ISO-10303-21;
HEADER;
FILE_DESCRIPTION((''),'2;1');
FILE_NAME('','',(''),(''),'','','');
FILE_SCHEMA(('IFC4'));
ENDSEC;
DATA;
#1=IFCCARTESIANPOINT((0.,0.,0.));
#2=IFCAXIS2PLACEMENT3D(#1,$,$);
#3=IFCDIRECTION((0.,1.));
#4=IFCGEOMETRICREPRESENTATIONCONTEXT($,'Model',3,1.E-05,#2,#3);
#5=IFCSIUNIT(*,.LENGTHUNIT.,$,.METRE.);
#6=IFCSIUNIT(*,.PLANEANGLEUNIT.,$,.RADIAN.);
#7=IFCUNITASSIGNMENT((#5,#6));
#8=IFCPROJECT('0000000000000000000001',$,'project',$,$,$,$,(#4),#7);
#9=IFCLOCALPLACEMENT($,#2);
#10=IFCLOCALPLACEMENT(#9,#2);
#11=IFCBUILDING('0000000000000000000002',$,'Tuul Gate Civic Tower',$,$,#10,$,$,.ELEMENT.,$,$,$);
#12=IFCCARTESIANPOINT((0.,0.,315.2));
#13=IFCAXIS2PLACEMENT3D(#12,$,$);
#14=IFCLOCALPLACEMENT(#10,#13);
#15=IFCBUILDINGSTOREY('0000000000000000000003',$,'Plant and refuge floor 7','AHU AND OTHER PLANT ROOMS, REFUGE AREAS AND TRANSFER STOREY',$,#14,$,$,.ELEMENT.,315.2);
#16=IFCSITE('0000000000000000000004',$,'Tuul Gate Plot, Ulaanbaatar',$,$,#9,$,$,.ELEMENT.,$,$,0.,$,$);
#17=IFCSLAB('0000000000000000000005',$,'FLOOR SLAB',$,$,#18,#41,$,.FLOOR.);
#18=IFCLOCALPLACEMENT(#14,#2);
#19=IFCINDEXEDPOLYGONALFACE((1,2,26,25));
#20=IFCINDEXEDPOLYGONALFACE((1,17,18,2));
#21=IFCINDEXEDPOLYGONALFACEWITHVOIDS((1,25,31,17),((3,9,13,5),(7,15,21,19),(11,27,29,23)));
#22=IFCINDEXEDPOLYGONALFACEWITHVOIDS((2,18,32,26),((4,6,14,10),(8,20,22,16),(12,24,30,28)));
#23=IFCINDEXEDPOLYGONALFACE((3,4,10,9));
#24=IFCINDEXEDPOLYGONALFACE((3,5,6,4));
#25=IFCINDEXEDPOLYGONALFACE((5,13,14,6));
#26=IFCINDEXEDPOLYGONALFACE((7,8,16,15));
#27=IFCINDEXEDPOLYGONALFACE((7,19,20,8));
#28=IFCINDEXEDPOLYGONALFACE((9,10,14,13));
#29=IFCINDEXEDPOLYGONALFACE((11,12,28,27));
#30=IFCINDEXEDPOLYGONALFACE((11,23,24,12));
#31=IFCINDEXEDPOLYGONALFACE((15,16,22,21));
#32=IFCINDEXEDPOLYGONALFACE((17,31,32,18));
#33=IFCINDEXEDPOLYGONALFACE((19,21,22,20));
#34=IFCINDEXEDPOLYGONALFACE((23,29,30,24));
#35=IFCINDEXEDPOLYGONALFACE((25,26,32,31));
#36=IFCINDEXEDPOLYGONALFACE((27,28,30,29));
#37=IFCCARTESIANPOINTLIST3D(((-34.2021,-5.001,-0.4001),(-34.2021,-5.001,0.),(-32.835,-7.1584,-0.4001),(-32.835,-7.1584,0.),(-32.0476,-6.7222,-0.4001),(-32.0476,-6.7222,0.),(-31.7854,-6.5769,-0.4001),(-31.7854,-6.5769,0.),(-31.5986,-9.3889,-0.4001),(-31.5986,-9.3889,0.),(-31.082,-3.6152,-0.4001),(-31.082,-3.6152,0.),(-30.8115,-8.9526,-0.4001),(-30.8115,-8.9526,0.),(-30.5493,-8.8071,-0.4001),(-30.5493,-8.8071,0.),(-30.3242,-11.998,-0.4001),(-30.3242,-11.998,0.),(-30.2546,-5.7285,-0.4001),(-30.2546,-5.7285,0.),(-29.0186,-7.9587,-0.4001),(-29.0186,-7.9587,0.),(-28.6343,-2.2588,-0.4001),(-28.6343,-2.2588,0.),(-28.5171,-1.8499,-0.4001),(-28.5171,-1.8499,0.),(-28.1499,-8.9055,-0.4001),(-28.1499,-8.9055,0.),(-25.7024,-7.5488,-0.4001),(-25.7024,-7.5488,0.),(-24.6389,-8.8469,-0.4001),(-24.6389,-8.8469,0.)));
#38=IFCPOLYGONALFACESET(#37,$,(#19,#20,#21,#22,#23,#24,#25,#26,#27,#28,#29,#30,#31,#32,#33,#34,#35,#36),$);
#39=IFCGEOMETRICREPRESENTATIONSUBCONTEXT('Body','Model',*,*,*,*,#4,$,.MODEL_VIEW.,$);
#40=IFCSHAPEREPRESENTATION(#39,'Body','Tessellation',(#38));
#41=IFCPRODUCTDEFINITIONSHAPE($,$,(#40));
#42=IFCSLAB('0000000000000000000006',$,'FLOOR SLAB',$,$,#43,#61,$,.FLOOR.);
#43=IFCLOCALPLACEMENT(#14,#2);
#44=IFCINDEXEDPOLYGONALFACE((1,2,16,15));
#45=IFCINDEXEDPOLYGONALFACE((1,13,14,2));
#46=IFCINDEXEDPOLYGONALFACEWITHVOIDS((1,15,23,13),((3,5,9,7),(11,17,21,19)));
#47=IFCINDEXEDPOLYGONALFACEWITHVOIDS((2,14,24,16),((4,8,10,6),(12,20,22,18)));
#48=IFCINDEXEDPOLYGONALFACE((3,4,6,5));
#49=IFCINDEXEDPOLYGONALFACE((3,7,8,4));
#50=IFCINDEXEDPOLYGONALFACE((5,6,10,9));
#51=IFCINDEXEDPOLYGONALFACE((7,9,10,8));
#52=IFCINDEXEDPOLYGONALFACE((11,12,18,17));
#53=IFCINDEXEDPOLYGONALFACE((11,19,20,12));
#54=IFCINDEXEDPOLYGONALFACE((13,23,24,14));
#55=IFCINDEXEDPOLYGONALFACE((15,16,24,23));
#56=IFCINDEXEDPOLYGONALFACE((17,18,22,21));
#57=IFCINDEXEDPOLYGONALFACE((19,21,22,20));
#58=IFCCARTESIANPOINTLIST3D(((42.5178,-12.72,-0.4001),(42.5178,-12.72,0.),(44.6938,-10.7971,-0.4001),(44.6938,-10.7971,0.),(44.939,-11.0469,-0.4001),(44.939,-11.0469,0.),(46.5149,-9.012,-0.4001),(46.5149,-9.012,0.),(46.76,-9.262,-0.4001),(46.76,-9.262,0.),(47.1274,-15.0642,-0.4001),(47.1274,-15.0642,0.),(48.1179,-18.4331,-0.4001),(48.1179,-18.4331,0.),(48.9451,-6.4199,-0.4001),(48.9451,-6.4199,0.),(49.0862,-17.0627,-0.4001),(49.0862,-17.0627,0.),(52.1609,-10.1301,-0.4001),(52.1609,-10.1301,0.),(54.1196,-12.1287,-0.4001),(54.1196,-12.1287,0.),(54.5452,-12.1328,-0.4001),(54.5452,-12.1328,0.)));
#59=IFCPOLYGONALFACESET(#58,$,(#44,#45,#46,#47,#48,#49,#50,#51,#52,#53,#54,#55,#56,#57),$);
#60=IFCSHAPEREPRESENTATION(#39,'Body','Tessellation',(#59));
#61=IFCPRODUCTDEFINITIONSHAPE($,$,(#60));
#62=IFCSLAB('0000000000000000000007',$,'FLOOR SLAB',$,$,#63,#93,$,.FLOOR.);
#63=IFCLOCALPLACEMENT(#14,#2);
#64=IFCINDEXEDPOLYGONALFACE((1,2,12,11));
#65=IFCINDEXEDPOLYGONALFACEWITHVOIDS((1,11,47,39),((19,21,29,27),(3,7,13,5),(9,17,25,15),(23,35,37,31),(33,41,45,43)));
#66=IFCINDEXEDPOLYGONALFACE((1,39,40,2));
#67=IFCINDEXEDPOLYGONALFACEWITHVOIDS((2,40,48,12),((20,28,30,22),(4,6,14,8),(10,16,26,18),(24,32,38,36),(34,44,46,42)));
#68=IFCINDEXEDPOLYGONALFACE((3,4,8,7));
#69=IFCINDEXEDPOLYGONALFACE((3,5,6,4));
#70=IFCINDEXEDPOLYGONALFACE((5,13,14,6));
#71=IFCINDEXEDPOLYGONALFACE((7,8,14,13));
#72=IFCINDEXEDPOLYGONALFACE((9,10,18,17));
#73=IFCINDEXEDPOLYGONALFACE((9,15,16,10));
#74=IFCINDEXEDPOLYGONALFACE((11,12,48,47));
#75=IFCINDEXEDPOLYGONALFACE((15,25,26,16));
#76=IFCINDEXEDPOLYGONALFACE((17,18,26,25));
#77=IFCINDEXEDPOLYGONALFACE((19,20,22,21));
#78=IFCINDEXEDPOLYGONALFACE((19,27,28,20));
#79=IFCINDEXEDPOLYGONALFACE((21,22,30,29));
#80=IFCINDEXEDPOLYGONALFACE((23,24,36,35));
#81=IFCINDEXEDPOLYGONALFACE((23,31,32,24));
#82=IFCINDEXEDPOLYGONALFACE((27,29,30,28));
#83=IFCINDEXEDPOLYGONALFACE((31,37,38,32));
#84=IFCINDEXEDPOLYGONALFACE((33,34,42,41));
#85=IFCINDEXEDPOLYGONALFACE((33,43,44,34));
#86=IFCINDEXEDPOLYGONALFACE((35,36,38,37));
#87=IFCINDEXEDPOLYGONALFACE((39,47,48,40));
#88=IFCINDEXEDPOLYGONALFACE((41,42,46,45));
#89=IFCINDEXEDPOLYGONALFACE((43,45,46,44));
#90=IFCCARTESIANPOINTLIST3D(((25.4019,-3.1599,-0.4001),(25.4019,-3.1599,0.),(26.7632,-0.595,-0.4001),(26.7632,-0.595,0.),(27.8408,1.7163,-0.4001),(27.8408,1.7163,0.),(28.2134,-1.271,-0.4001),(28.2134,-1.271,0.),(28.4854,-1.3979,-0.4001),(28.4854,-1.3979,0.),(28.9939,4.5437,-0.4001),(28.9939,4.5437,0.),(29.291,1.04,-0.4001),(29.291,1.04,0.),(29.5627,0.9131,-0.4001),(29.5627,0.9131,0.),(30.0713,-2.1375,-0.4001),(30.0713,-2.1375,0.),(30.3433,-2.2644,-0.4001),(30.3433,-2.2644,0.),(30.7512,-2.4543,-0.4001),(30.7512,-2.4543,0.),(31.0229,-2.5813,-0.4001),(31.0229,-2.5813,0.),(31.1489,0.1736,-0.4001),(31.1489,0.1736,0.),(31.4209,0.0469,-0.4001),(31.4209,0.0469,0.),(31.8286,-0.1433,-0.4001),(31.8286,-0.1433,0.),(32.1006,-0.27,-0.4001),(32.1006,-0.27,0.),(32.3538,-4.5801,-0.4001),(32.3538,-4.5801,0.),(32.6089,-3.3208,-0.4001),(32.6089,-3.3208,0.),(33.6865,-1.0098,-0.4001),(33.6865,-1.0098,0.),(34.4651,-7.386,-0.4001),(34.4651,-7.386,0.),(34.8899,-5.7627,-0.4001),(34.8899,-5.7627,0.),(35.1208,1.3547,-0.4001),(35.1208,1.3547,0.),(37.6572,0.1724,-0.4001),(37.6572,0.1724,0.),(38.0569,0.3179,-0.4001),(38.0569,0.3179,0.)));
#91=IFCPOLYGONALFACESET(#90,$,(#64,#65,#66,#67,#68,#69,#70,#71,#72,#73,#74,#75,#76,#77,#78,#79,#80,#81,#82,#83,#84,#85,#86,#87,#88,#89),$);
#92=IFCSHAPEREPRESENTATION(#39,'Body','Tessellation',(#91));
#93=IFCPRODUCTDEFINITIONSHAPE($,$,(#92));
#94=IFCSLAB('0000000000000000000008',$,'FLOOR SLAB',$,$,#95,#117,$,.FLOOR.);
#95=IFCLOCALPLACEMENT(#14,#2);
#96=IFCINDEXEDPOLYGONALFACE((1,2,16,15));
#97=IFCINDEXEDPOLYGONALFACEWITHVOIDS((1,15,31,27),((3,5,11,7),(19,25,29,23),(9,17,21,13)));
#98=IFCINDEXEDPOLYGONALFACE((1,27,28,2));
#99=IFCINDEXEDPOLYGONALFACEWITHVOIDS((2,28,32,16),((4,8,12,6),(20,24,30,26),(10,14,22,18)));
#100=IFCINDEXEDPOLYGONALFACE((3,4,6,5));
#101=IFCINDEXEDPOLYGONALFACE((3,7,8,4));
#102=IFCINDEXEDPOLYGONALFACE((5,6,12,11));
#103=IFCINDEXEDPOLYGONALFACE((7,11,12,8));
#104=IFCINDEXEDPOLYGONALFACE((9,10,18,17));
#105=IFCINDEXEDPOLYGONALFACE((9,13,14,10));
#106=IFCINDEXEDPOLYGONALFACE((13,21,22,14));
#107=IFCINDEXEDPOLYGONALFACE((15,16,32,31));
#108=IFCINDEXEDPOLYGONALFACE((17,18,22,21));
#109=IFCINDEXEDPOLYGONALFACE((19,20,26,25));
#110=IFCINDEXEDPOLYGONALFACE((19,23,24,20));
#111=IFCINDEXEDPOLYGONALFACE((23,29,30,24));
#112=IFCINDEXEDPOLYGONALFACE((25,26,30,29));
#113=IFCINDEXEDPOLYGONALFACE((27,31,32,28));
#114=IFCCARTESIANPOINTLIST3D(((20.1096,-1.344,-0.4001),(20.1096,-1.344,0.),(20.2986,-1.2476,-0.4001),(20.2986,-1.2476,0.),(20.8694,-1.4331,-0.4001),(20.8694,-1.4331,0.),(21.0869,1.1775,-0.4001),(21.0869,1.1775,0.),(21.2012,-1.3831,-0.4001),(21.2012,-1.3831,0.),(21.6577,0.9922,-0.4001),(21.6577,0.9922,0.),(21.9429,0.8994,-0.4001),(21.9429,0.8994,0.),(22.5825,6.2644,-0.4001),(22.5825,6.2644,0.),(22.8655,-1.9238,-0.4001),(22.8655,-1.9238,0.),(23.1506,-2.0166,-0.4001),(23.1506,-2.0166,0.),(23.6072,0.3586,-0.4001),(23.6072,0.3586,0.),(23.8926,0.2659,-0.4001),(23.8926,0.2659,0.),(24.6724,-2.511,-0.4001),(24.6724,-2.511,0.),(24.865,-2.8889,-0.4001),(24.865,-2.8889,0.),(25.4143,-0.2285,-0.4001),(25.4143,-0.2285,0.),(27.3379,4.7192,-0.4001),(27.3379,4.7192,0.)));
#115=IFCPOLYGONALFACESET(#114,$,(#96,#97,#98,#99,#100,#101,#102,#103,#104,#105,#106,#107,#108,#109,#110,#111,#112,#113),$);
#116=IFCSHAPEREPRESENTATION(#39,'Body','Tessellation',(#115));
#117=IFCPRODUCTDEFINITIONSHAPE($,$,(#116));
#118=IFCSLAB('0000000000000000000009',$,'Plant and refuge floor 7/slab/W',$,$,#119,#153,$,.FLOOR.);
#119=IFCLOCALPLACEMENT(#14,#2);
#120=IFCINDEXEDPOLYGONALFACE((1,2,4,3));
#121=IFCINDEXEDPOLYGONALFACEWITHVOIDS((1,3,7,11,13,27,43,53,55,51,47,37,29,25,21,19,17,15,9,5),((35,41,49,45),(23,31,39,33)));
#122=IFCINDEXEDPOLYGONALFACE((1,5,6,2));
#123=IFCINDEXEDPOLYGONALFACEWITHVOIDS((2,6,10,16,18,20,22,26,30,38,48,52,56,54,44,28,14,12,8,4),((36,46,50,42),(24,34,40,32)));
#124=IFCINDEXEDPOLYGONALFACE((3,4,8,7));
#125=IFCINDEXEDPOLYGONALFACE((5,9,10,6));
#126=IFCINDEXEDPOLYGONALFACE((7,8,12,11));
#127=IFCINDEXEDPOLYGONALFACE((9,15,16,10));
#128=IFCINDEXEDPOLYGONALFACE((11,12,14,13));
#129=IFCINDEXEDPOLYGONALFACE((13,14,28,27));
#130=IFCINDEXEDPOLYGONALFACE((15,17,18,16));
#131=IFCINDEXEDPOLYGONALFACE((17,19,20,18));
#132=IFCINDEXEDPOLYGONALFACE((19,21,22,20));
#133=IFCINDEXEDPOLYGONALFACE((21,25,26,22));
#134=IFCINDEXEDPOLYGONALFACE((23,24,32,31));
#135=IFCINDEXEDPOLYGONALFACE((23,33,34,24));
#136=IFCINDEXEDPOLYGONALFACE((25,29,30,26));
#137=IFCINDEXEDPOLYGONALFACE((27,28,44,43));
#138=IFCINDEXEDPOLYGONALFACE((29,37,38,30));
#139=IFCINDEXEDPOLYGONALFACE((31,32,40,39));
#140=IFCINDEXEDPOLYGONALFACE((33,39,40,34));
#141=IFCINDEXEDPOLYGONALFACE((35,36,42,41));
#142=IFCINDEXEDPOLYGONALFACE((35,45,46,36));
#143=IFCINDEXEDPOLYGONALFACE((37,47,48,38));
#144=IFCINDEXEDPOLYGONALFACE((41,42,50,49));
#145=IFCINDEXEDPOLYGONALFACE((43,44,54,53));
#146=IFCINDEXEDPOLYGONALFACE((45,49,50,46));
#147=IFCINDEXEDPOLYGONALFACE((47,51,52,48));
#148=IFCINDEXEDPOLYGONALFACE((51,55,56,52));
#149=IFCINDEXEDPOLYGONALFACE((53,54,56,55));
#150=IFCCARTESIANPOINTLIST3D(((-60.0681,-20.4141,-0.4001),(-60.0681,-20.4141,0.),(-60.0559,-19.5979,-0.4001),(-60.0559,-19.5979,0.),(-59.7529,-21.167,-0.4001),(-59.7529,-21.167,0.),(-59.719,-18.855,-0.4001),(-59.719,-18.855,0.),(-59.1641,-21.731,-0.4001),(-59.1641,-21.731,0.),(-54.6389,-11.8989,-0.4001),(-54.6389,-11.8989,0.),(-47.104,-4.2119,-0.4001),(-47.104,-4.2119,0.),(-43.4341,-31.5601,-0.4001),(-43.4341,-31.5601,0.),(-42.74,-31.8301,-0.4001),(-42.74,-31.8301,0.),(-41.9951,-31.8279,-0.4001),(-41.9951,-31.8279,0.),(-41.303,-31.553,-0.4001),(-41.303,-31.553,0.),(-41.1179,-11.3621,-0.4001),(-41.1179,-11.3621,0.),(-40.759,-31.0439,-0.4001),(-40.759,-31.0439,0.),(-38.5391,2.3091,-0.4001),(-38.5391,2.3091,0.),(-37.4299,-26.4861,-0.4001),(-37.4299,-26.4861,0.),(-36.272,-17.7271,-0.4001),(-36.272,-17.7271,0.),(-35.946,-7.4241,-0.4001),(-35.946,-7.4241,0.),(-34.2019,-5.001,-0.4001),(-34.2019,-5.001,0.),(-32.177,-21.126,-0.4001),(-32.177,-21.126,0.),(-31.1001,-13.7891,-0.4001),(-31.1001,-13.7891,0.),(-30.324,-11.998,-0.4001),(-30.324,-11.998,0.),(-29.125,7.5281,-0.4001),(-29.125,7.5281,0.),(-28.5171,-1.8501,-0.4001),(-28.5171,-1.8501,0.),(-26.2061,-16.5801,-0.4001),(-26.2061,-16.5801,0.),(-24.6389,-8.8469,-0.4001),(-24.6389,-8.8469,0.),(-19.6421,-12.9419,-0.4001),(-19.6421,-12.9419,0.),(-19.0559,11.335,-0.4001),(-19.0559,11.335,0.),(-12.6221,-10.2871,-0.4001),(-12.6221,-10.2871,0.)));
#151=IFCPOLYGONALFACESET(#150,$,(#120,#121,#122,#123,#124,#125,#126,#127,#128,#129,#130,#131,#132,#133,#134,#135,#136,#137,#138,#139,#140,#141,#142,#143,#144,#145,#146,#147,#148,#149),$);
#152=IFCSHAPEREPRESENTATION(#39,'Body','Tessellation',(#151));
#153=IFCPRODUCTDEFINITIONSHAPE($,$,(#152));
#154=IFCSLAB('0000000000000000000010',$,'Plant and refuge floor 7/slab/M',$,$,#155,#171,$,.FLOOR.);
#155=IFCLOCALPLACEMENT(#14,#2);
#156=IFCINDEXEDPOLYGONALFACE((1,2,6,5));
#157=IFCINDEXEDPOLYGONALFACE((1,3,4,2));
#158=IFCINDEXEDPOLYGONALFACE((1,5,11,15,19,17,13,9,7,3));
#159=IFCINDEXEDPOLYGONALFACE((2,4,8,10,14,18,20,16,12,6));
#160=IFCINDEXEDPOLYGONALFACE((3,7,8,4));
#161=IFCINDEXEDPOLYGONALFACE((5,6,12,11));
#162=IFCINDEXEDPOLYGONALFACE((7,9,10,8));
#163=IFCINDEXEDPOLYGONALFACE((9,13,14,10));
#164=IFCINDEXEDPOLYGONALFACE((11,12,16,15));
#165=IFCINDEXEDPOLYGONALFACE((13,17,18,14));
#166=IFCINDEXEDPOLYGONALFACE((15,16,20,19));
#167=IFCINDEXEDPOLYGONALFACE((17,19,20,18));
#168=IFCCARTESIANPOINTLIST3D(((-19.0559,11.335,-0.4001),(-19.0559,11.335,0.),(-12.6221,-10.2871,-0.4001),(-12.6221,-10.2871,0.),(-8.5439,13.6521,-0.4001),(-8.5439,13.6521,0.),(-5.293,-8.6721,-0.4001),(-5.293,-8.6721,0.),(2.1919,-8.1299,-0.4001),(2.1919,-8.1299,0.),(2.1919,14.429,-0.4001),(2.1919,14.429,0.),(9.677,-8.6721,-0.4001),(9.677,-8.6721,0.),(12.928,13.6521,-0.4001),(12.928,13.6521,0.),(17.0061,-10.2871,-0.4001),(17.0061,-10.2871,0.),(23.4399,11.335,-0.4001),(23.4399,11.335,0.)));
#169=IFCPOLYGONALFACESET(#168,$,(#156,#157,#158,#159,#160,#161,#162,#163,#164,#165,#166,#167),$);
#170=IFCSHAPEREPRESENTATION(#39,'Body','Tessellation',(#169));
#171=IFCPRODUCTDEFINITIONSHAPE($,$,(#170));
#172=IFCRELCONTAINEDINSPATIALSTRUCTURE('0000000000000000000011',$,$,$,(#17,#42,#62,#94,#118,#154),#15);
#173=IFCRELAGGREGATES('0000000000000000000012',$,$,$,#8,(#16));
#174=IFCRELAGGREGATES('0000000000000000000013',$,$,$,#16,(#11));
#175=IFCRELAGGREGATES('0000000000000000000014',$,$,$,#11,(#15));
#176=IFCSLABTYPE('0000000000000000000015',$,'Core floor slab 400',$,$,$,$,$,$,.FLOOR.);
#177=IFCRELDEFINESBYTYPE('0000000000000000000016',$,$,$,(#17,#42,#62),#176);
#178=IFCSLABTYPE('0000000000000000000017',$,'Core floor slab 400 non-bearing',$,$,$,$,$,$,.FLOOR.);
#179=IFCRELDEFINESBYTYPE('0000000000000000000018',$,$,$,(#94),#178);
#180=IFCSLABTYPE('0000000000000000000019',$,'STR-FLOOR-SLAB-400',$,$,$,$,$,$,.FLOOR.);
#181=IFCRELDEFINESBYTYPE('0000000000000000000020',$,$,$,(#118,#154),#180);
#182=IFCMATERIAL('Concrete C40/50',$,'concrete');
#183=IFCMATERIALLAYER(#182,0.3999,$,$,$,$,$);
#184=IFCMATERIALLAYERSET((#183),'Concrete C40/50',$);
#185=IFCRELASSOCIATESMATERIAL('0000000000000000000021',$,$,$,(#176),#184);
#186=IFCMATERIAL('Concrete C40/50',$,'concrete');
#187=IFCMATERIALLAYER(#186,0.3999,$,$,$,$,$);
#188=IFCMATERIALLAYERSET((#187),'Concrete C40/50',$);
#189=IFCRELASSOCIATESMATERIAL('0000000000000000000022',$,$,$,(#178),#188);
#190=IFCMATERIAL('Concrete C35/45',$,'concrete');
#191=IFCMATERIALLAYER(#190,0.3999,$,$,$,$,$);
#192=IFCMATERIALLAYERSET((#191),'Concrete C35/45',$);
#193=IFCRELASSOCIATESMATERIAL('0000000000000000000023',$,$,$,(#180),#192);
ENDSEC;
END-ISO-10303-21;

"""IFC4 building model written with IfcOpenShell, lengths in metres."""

from ifc_helpers import new_model, si_unit, direction, frame, origin, place, context, subcontext, project, spatial, polyline, outline, extrude, material, layer, layer_set, type_object, element, save


model = new_model("IFC4")

# Units and contexts
model_context = context("Model", 3, precision=1e-05, world=origin(), true_north=direction((0.0, 1.0)))
body_context = subcontext(model_context, "Body", "Model", "MODEL_VIEW")
ifc_project = project(units=[si_unit("LENGTHUNIT", "METRE"), si_unit("PLANEANGLEUNIT", "RADIAN")], contexts=[model_context])

# Site, building, storey
site_placement = place(None, origin())
site = spatial("IfcSite", under=ifc_project, at=site_placement, Name="Tuul Gate Plot, Ulaanbaatar", CompositionType="ELEMENT", RefElevation=0.0)
building_placement = place(site_placement, origin())
building = spatial("IfcBuilding", under=site, at=building_placement, Name="Tuul Gate Civic Tower", CompositionType="ELEMENT")
storey_placement = place(building_placement, frame((0.0, 0.0, 315.2)))
storey = spatial("IfcBuildingStorey", under=building, at=storey_placement, Name="Plant and refuge floor 7", Description="AHU AND OTHER PLANT ROOMS, REFUGE AREAS AND TRANSFER STOREY", CompositionType="ELEMENT", Elevation=315.2)

# Slabs
ifc_material_1 = material(Name="Concrete C40/50", Category="concrete")
ifc_layer_1 = layer(ifc_material_1, 0.3999)
ifc_layer_set_1 = layer_set([ifc_layer_1], Name="Concrete C40/50")
slab_type_1 = type_object("IfcSlabType", Name="Core floor slab 400", PredefinedType="FLOOR", material=ifc_layer_set_1)
slab_1_placement = place(storey_placement, frame((0.0, 0.0, -0.4001)))
element("IfcSlab", 1, at=slab_1_placement, inside=storey, type_object=slab_type_1, Name="FLOOR SLAB", PredefinedType="FLOOR", context=body_context, shape_type="SweptSolid", body=[
    extrude(outline(polyline([(-24.6389, -8.8469), (-28.5171, -1.8499), (-34.2021, -5.001), (-30.3242, -11.998), (-24.6389, -8.8469)]), holes=[polyline([(-29.0186, -7.9587), (-30.2546, -5.7285), (-31.7854, -6.5769), (-30.5493, -8.8071), (-29.0186, -7.9587)]), polyline([(-30.8115, -8.9526), (-32.0476, -6.7222), (-32.835, -7.1584), (-31.5986, -9.3889), (-30.8115, -8.9526)]), polyline([(-25.7024, -7.5488), (-28.1499, -8.9055), (-31.082, -3.6152), (-28.6343, -2.2588), (-25.7024, -7.5488)])]), origin(), (0.0, 0.0, 1.0), 0.4001),
])
slab_2_placement = place(storey_placement, frame((0.0, 0.0, -0.4001)))
element("IfcSlab", 2, at=slab_2_placement, inside=storey, type_object=slab_type_1, Name="FLOOR SLAB", PredefinedType="FLOOR", context=body_context, shape_type="SweptSolid", body=[
    extrude(outline(polyline([(48.1179, -18.4331), (54.5452, -12.1328), (48.9451, -6.4199), (42.5178, -12.72), (48.1179, -18.4331)]), holes=[polyline([(44.939, -11.0469), (46.76, -9.262), (46.5149, -9.012), (44.6938, -10.7971), (44.939, -11.0469)]), polyline([(49.0862, -17.0627), (47.1274, -15.0642), (52.1609, -10.1301), (54.1196, -12.1287), (49.0862, -17.0627)])]), origin(), (0.0, 0.0, 1.0), 0.4001),
])
slab_3_placement = place(storey_placement, frame((0.0, 0.0, -0.4001)))
element("IfcSlab", 3, at=slab_3_placement, inside=storey, type_object=slab_type_1, Name="FLOOR SLAB", PredefinedType="FLOOR", context=body_context, shape_type="SweptSolid", body=[
    extrude(outline(polyline([(34.4651, -7.386), (38.0569, 0.3179), (28.9939, 4.5437), (25.4019, -3.1599), (34.4651, -7.386)]), holes=[polyline([(32.6089, -3.3208), (33.6865, -1.0098), (32.1006, -0.27), (31.0229, -2.5813), (32.6089, -3.3208)]), polyline([(30.0713, -2.1375), (31.1489, 0.1736), (29.5627, 0.9131), (28.4854, -1.3979), (30.0713, -2.1375)]), polyline([(30.7512, -2.4543), (31.8286, -0.1433), (31.4209, 0.0469), (30.3433, -2.2644), (30.7512, -2.4543)]), polyline([(28.2134, -1.271), (29.291, 1.04), (27.8408, 1.7163), (26.7632, -0.595), (28.2134, -1.271)]), polyline([(34.8899, -5.7627), (32.3538, -4.5801), (35.1208, 1.3547), (37.6572, 0.1724), (34.8899, -5.7627)])]), origin(), (0.0, 0.0, 1.0), 0.4001),
])
ifc_material_2 = material(Name="Concrete C40/50", Category="concrete")
ifc_layer_2 = layer(ifc_material_2, 0.3999)
ifc_layer_set_2 = layer_set([ifc_layer_2], Name="Concrete C40/50")
slab_type_2 = type_object("IfcSlabType", Name="Core floor slab 400 non-bearing", PredefinedType="FLOOR", material=ifc_layer_set_2)
slab_4_placement = place(storey_placement, frame((0.0, 0.0, -0.4001)))
element("IfcSlab", 4, at=slab_4_placement, inside=storey, type_object=slab_type_2, Name="FLOOR SLAB", PredefinedType="FLOOR", context=body_context, shape_type="SweptSolid", body=[
    extrude(outline(polyline([(24.865, -2.8889), (27.3379, 4.7192), (22.5825, 6.2644), (20.1096, -1.344), (24.865, -2.8889)]), holes=[polyline([(24.6724, -2.511), (25.4143, -0.2285), (23.8926, 0.2659), (23.1506, -2.0166), (24.6724, -2.511)]), polyline([(22.8655, -1.9238), (23.6072, 0.3586), (21.9429, 0.8994), (21.2012, -1.3831), (22.8655, -1.9238)]), polyline([(20.8694, -1.4331), (21.6577, 0.9922), (21.0869, 1.1775), (20.2986, -1.2476), (20.8694, -1.4331)])]), origin(), (0.0, 0.0, 1.0), 0.4001),
])
ifc_material_3 = material(Name="Concrete C35/45", Category="concrete")
ifc_layer_3 = layer(ifc_material_3, 0.3999)
ifc_layer_set_3 = layer_set([ifc_layer_3], Name="Concrete C35/45")
slab_type_3 = type_object("IfcSlabType", Name="STR-FLOOR-SLAB-400", PredefinedType="FLOOR", material=ifc_layer_set_3)
slab_5_placement = place(storey_placement, frame((0.0, 0.0, -0.4001)))
element("IfcSlab", 5, at=slab_5_placement, inside=storey, type_object=slab_type_3, Name="Plant and refuge floor 7/slab/W", PredefinedType="FLOOR", context=body_context, shape_type="SweptSolid", body=[
    extrude(outline(polyline([(-19.6421, -12.9419), (-12.6221, -10.2871), (-19.0559, 11.335), (-29.125, 7.5281), (-38.5391, 2.3091), (-47.104, -4.2119), (-54.6389, -11.8989), (-59.719, -18.855), (-60.0559, -19.5979), (-60.0681, -20.4141), (-59.7529, -21.167), (-59.1641, -21.731), (-43.4341, -31.5601), (-42.74, -31.8301), (-41.9951, -31.8279), (-41.303, -31.553), (-40.759, -31.0439), (-37.4299, -26.4861), (-32.177, -21.126), (-26.2061, -16.5801), (-19.6421, -12.9419)]), holes=[polyline([(-31.1001, -13.7891), (-36.272, -17.7271), (-41.1179, -11.3621), (-35.946, -7.4241), (-31.1001, -13.7891)]), polyline([(-24.6389, -8.8469), (-30.324, -11.998), (-34.2019, -5.001), (-28.5171, -1.8501), (-24.6389, -8.8469)])]), origin(), (0.0, 0.0, 1.0), 0.4001),
])
slab_6_placement = place(storey_placement, frame((0.0, 0.0, -0.4001)))
element("IfcSlab", 6, at=slab_6_placement, inside=storey, type_object=slab_type_3, Name="Plant and refuge floor 7/slab/M", PredefinedType="FLOOR", context=body_context, shape_type="SweptSolid", body=[
    extrude(outline(polyline([(17.0061, -10.2871), (23.4399, 11.335), (12.928, 13.6521), (2.1919, 14.429), (-8.5439, 13.6521), (-19.0559, 11.335), (-12.6221, -10.2871), (-5.293, -8.6721), (2.1919, -8.1299), (9.677, -8.6721), (17.0061, -10.2871)])), origin(), (0.0, 0.0, 1.0), 0.4001),
])

save(model, "model.ifc")
